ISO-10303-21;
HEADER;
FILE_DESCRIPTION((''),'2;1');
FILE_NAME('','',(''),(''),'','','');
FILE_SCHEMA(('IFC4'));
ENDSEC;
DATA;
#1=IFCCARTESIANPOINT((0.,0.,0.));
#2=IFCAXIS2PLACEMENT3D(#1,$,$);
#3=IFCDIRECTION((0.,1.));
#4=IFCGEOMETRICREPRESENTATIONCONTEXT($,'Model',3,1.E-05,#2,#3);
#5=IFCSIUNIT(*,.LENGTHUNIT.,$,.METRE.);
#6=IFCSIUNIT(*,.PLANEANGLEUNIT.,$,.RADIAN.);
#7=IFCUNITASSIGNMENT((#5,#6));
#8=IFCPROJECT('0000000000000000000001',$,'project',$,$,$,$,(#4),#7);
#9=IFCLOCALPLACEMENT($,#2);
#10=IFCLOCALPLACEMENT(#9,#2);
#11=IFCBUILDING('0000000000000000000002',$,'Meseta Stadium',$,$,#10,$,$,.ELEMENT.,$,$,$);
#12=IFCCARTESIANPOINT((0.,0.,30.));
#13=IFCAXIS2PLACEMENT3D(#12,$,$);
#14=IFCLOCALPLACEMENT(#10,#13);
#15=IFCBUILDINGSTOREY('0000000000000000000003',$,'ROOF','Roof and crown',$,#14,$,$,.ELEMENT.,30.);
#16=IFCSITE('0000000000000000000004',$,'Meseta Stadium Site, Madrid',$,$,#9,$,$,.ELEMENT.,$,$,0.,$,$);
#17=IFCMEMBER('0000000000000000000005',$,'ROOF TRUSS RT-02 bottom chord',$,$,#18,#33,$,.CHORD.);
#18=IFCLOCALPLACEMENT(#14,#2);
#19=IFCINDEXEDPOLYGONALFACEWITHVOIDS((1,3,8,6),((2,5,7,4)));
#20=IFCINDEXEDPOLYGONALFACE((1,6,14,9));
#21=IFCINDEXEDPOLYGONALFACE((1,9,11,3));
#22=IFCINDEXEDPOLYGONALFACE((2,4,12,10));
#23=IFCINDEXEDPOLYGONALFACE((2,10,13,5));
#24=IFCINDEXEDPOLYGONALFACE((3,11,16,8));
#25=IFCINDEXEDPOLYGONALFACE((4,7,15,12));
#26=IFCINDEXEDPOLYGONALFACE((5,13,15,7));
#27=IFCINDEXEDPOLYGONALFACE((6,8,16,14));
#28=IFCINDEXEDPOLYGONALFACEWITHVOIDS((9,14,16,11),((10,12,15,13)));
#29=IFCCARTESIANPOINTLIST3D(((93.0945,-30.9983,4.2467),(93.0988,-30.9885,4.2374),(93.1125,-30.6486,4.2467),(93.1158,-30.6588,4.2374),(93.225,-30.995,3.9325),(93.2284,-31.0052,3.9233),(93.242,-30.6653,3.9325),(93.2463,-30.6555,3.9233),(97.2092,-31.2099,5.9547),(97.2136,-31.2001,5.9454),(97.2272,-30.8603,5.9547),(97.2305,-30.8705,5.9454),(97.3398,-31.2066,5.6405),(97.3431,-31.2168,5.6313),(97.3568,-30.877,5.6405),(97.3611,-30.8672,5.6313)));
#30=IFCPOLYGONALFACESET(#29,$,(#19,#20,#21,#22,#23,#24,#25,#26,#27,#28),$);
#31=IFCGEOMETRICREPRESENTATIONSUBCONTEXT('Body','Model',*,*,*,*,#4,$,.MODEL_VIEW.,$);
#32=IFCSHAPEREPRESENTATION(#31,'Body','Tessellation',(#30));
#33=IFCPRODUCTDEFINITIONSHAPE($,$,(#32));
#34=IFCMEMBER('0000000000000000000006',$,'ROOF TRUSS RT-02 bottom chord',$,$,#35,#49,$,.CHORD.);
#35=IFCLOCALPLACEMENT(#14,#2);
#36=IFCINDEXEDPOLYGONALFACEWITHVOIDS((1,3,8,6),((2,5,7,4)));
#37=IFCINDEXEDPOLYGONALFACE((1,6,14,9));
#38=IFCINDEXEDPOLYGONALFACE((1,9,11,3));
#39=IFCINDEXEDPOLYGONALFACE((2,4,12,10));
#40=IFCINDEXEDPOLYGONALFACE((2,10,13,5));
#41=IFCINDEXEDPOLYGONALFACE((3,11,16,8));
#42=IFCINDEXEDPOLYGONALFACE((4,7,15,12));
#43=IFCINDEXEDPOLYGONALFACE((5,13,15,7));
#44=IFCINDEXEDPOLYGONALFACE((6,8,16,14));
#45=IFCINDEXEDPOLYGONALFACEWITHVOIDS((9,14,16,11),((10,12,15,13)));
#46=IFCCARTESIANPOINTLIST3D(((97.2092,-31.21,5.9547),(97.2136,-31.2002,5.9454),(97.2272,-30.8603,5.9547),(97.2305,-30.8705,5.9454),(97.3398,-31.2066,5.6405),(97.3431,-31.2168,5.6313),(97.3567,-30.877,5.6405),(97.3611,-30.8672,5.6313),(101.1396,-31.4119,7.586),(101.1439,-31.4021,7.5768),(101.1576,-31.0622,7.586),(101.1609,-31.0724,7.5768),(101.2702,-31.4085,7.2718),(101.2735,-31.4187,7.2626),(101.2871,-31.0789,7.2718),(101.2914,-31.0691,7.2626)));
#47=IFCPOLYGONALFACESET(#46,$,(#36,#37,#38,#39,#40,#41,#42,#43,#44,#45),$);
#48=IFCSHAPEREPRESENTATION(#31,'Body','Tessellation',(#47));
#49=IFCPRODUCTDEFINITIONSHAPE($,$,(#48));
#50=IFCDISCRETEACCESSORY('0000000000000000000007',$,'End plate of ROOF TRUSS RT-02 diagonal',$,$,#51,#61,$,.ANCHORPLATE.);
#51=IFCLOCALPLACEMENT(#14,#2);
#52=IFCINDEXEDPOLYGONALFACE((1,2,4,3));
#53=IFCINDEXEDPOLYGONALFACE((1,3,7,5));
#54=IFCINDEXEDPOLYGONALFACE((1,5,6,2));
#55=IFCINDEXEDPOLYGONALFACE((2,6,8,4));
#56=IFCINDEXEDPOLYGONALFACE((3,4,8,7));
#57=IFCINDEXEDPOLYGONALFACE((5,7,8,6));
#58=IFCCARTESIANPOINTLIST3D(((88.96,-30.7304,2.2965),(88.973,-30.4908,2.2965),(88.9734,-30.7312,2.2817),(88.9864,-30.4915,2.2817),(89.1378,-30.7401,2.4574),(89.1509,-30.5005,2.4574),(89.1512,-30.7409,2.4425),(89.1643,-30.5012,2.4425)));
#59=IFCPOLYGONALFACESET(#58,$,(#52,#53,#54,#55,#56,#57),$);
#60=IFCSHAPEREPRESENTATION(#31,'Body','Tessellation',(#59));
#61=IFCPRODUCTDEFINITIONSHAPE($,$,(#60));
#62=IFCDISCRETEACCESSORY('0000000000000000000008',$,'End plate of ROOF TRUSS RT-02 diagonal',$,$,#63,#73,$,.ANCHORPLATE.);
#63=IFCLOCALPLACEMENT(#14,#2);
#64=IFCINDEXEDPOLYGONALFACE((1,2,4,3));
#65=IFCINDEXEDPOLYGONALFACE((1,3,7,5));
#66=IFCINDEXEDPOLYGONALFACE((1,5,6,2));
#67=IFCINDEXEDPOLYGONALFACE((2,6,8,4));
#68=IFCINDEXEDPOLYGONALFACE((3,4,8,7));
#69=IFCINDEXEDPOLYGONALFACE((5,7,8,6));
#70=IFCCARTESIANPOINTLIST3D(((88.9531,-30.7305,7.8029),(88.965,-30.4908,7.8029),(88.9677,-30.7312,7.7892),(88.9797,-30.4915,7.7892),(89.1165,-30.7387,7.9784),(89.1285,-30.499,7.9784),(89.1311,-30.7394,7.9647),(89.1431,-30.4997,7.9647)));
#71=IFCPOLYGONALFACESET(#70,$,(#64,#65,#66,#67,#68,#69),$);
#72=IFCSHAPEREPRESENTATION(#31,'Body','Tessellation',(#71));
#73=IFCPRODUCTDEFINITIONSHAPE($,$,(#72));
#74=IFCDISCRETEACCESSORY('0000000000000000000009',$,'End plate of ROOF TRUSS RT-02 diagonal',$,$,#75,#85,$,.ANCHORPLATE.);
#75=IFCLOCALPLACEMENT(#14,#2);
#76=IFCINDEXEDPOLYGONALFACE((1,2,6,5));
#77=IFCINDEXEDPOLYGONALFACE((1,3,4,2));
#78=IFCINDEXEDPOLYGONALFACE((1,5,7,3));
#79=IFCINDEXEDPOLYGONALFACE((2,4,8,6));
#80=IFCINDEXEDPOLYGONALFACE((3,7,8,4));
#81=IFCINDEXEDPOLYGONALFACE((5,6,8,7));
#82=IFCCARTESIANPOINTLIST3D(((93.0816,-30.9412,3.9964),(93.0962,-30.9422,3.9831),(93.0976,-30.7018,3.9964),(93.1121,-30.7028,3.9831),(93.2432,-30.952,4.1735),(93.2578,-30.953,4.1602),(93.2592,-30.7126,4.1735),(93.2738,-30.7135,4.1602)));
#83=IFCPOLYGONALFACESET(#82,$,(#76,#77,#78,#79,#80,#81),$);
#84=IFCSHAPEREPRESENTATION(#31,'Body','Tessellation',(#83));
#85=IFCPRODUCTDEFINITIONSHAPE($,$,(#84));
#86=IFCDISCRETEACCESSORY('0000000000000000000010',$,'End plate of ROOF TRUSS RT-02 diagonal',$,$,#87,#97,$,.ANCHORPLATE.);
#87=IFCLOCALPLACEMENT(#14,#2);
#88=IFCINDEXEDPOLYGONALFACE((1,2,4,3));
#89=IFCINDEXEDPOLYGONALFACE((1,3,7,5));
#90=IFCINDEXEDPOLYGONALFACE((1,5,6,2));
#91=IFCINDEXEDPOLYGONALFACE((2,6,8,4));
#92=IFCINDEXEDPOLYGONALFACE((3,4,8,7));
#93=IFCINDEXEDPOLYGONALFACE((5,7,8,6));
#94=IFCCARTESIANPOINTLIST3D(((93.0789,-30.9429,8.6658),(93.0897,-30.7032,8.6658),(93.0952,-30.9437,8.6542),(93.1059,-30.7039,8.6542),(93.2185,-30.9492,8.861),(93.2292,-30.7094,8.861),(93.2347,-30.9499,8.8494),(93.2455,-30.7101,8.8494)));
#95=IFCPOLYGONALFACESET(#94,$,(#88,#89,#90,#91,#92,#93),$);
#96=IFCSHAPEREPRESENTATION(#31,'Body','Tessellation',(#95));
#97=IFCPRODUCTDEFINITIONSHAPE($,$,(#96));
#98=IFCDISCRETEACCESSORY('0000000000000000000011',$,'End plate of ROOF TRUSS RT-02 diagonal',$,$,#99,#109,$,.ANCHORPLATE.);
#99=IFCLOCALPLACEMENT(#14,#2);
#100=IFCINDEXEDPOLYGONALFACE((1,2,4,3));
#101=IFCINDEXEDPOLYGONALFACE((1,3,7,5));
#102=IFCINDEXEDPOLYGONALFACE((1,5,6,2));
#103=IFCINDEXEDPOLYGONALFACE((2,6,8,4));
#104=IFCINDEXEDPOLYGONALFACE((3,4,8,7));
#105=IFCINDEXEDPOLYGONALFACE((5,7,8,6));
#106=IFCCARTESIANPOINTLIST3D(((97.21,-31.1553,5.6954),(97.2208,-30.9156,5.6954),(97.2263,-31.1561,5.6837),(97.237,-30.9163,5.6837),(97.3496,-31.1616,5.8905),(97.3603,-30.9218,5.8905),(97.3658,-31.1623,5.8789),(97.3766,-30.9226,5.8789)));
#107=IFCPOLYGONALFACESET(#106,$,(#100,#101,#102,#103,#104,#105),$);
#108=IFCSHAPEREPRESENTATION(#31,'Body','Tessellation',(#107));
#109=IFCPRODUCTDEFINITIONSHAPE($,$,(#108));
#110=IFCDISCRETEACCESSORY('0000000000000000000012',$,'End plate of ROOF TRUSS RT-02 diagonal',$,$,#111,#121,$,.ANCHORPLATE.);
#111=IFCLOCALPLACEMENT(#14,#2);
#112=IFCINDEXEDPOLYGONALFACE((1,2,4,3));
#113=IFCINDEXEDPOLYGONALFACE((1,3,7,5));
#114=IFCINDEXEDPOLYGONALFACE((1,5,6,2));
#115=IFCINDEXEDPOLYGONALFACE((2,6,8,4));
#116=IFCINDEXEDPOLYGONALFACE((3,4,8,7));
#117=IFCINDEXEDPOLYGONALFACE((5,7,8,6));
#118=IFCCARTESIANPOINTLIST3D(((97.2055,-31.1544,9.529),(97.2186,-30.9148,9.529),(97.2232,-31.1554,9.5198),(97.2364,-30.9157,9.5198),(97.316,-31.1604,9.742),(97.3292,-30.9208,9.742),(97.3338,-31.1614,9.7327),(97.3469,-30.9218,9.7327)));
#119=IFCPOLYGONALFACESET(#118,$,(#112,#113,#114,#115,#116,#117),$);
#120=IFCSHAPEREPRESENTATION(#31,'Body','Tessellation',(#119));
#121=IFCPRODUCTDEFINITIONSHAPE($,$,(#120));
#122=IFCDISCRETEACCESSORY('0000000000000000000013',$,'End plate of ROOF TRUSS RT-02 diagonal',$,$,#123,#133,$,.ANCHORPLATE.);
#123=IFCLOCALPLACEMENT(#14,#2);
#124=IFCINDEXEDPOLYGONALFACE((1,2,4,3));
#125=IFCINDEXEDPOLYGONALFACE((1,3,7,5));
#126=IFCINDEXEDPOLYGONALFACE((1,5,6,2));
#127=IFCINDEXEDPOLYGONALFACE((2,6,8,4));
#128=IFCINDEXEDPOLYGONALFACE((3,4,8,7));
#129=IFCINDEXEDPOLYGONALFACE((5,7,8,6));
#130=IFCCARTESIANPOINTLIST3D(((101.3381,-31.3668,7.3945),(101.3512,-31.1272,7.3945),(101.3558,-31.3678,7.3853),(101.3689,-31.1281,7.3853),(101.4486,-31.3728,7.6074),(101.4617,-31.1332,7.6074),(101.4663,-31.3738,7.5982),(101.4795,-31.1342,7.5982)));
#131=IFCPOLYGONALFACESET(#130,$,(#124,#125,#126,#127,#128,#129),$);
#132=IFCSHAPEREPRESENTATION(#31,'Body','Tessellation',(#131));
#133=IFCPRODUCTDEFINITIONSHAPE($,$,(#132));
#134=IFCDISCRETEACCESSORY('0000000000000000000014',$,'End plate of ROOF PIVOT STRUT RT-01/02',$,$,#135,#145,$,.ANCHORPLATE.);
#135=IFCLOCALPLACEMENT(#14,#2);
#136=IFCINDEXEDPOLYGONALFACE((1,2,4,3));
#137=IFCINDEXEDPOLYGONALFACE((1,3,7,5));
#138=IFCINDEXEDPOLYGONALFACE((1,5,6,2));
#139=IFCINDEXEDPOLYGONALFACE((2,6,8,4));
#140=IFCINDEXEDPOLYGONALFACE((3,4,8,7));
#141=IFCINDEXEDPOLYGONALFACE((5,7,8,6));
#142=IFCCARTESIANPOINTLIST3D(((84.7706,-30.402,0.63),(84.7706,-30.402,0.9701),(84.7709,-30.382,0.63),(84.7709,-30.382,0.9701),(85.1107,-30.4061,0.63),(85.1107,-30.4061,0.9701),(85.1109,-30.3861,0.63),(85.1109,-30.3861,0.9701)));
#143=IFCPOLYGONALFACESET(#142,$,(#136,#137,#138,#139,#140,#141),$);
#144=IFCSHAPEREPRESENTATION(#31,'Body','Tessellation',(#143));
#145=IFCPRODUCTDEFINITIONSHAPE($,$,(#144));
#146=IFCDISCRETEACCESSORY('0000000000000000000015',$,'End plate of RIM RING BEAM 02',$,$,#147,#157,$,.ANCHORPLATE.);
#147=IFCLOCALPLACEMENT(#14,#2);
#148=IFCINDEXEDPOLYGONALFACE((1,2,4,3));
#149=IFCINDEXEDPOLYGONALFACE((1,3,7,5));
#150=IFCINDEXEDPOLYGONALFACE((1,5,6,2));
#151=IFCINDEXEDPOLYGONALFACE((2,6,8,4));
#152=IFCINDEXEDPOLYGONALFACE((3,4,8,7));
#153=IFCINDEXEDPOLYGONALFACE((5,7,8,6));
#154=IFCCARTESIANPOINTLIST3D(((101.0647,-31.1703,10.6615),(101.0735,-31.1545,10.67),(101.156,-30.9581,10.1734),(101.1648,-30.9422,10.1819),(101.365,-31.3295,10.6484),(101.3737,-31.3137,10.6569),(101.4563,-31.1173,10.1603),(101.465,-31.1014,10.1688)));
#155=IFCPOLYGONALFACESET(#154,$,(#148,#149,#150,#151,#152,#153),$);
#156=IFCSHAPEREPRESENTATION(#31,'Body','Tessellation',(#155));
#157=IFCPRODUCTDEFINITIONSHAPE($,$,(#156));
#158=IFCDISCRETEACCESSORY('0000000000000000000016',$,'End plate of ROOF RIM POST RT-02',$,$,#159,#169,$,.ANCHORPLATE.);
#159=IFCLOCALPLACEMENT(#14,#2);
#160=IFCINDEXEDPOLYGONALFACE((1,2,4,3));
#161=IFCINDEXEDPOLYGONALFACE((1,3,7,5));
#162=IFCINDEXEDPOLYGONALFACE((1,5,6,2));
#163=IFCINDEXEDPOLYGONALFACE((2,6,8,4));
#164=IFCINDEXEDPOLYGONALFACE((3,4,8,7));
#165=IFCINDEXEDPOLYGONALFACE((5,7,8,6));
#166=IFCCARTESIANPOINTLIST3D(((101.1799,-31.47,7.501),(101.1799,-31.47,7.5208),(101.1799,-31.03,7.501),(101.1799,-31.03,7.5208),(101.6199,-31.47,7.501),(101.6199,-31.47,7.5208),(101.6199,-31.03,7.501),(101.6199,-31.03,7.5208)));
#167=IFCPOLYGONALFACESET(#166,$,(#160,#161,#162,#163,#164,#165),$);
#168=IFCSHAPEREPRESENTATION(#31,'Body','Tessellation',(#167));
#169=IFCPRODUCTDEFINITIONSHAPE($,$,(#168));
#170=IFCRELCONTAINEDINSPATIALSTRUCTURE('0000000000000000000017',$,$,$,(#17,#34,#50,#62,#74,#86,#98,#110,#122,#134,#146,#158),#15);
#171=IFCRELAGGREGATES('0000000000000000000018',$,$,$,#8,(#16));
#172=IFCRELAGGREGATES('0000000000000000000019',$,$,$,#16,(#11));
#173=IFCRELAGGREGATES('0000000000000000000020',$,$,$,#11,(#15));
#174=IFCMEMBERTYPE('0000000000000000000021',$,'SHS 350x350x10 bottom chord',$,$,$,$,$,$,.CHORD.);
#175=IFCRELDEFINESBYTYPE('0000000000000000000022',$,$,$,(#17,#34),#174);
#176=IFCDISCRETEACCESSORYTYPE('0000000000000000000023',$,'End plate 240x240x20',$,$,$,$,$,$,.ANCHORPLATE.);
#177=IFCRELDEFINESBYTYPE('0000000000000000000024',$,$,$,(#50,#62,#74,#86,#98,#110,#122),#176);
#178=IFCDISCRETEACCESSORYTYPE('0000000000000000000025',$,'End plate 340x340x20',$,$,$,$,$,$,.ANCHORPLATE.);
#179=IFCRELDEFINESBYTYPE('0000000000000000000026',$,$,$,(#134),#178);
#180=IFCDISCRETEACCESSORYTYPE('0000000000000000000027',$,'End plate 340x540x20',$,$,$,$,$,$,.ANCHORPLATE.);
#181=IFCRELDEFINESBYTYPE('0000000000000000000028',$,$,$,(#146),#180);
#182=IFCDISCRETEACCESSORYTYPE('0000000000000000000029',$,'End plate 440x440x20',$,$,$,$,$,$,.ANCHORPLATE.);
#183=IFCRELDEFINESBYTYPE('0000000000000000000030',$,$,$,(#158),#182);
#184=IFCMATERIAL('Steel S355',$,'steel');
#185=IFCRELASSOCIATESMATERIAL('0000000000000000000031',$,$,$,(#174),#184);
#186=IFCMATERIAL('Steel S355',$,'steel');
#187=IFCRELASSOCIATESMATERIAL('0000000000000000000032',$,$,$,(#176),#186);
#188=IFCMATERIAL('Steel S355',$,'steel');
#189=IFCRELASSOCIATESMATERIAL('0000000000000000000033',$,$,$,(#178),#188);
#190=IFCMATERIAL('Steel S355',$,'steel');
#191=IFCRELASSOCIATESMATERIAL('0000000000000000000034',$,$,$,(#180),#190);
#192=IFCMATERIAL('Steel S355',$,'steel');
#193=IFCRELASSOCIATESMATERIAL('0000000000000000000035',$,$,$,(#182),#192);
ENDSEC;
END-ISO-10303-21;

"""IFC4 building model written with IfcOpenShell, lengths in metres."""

from ifc_helpers import new_model, si_unit, direction, frame, origin, origin_2d, place, context, subcontext, project, spatial, rectangle, hollow_rectangle, extrude, material, material_profile, profile_set, type_object, element, save


model = new_model("IFC4")

# Units and contexts
model_context = context("Model", 3, precision=1e-05, world=origin(), true_north=direction((0.0, 1.0)))
body_context = subcontext(model_context, "Body", "Model", "MODEL_VIEW")
ifc_project = project(units=[si_unit("LENGTHUNIT", "METRE"), si_unit("PLANEANGLEUNIT", "RADIAN")], contexts=[model_context])

# Site, building, storey
site_placement = place(None, origin())
site = spatial("IfcSite", under=ifc_project, at=site_placement, Name="Meseta Stadium Site, Madrid", CompositionType="ELEMENT", RefElevation=0.0)
building_placement = place(site_placement, origin())
building = spatial("IfcBuilding", under=site, at=building_placement, Name="Meseta Stadium", CompositionType="ELEMENT")
storey_placement = place(building_placement, frame((0.0, 0.0, 30.0)))
storey = spatial("IfcBuildingStorey", under=building, at=storey_placement, Name="ROOF", Description="Roof and crown", CompositionType="ELEMENT", Elevation=30.0)

# Members
ifc_material_1 = material(Name="Steel S355", Category="steel")
ifc_material_profile_1 = material_profile(ifc_material_1, hollow_rectangle(XDim=0.3501, YDim=0.3501, WallThickness=0.01, at=origin_2d()), Name="SHS 350x350x10")
ifc_profile_set_1 = profile_set([ifc_material_profile_1], Name="Steel S355")
member_type_1 = type_object("IfcMemberType", Name="SHS 350x350x10 bottom chord", PredefinedType="CHORD", material=ifc_profile_set_1)
member_1_placement = place(storey_placement, frame((93.1704, -30.8269, 4.085), z_axis=(0.922551, -0.047458, 0.382946), x_axis=(0.051374, 0.998679, 0.0)))
element("IfcMember", 1, at=member_1_placement, inside=storey, type_object=member_type_1, Name="ROOF TRUSS RT-02 bottom chord", PredefinedType="CHORD", context=body_context, shape_type="SweptSolid", body=[
    extrude(hollow_rectangle(XDim=0.3501, YDim=0.3501, WallThickness=0.01, at=origin_2d()), origin(), (0.0, 0.0, 1.0), 4.4602),
])
member_2_placement = place(storey_placement, frame((97.2852, -31.0386, 5.793), z_axis=(0.922566, -0.047392, 0.382917), x_axis=(0.051302, 0.998683, 0.0)))
element("IfcMember", 2, at=member_2_placement, inside=storey, type_object=member_type_1, Name="ROOF TRUSS RT-02 bottom chord", PredefinedType="CHORD", context=body_context, shape_type="SweptSolid", body=[
    extrude(hollow_rectangle(XDim=0.3501, YDim=0.3501, WallThickness=0.01, at=origin_2d()), origin(), (0.0, 0.0, 1.0), 4.2603),
])

# Discrete accessories
ifc_material_2 = material(Name="Steel S355", Category="steel")
ifc_material_profile_2 = material_profile(ifc_material_2, rectangle(XDim=0.24, YDim=0.24, at=origin_2d()), Name="PL 240x240")
ifc_profile_set_2 = profile_set([ifc_material_profile_2], Name="Steel S355")
discrete_accessory_type_1 = type_object("IfcDiscreteAccessoryType", Name="End plate 240x240x20", PredefinedType="ANCHORPLATE", material=ifc_profile_set_2)
for number, where, z_axis, x_axis, name in (
    (3, (89.0554, -30.6155, 2.377), (0.669191, -0.036501, -0.742194), (0.054464, 0.998516, 0.0), "End plate of ROOF TRUSS RT-02 diagonal"),
    (4, (89.0408, -30.6147, 7.8906), (0.730567, -0.036528, -0.681863), (0.049938, 0.998752, 0.0), "End plate of ROOF TRUSS RT-02 diagonal"),
):
    element("IfcDiscreteAccessory", number, at=place(storey_placement, frame(where, z_axis=z_axis, x_axis=x_axis)), inside=storey, type_object=discrete_accessory_type_1, Name=name, PredefinedType="ANCHORPLATE", context=body_context, shape_type="SweptSolid", body=[
        extrude(rectangle(XDim=0.24, YDim=0.24, at=origin_2d()), origin(), (0.0, 0.0, 1.0), 0.02),
    ])
discrete_accessory_1_placement = place(storey_placement, frame((93.1704, -30.8269, 4.085), z_axis=(0.736266, -0.049084, -0.67491), x_axis=(0.066519, 0.997785, 0.0)))
element("IfcDiscreteAccessory", 5, at=discrete_accessory_1_placement, inside=storey, type_object=discrete_accessory_type_1, Name="End plate of ROOF TRUSS RT-02 diagonal", PredefinedType="ANCHORPLATE", context=body_context, shape_type="SweptSolid", body=[
    extrude(rectangle(XDim=0.24, YDim=0.24, at=origin_2d()), origin(), (0.0, 0.0, 1.0), 0.0198),
])
for number, where, z_axis, x_axis, name in (
    (6, (93.1541, -30.8262, 8.7634), (0.812375, -0.036375, -0.582), (0.044731, 0.998999, 0.0), "End plate of ROOF TRUSS RT-02 diagonal"),
    (7, (97.2852, -31.0386, 5.793), (0.812375, -0.036375, -0.582), (0.044731, 0.998999, 0.0), "End plate of ROOF TRUSS RT-02 diagonal"),
    (8, (97.2673, -31.0376, 9.6355), (0.885972, -0.048546, -0.461191), (0.054712, 0.998502, 0.0), "End plate of ROOF TRUSS RT-02 diagonal"),
    (9, (101.3999, -31.25, 7.501), (0.885972, -0.048546, -0.461191), (0.054712, 0.998502, 0.0), "End plate of ROOF TRUSS RT-02 diagonal"),
):
    element("IfcDiscreteAccessory", number, at=place(storey_placement, frame(where, z_axis=z_axis, x_axis=x_axis)), inside=storey, type_object=discrete_accessory_type_1, Name=name, PredefinedType="ANCHORPLATE", context=body_context, shape_type="SweptSolid", body=[
        extrude(rectangle(XDim=0.24, YDim=0.24, at=origin_2d()), origin(), (0.0, 0.0, 1.0), 0.02),
    ])
ifc_material_3 = material(Name="Steel S355", Category="steel")
ifc_material_profile_3 = material_profile(ifc_material_3, rectangle(XDim=0.3401, YDim=0.3401, at=origin_2d()), Name="PL 340x340")
ifc_profile_set_3 = profile_set([ifc_material_profile_3], Name="Steel S355")
discrete_accessory_type_2 = type_object("IfcDiscreteAccessoryType", Name="End plate 340x340x20", PredefinedType="ANCHORPLATE", material=ifc_profile_set_3)
discrete_accessory_2_placement = place(storey_placement, frame((84.9407, -30.4041, 0.8), z_axis=(0.012194, 0.999926, 0.0), x_axis=(-0.999926, 0.012194, 0.0)))
element("IfcDiscreteAccessory", 10, at=discrete_accessory_2_placement, inside=storey, type_object=discrete_accessory_type_2, Name="End plate of ROOF PIVOT STRUT RT-01/02", PredefinedType="ANCHORPLATE", context=body_context, shape_type="SweptSolid", body=[
    extrude(rectangle(XDim=0.3401, YDim=0.3401, at=origin_2d()), origin(), (0.0, 0.0, 1.0), 0.02),
])
ifc_material_4 = material(Name="Steel S355", Category="steel")
ifc_material_profile_4 = material_profile(ifc_material_4, rectangle(XDim=0.3401, YDim=0.54, at=origin_2d()), Name="PL 340x540")
ifc_profile_set_4 = profile_set([ifc_material_profile_4], Name="Steel S355")
discrete_accessory_type_3 = type_object("IfcDiscreteAccessoryType", Name="End plate 340x540x20", PredefinedType="ANCHORPLATE", material=ifc_profile_set_4)
discrete_accessory_3_placement = place(storey_placement, frame((101.2605, -31.1438, 10.4109), z_axis=(0.438308, 0.791389, 0.426133), x_axis=(-0.88278, 0.468208, 0.038473)))
element("IfcDiscreteAccessory", 11, at=discrete_accessory_3_placement, inside=storey, type_object=discrete_accessory_type_3, Name="End plate of RIM RING BEAM 02", PredefinedType="ANCHORPLATE", context=body_context, shape_type="SweptSolid", body=[
    extrude(rectangle(XDim=0.3401, YDim=0.54, at=origin_2d()), origin(), (0.0, 0.0, 1.0), 0.02),
])
ifc_material_5 = material(Name="Steel S355", Category="steel")
ifc_material_profile_5 = material_profile(ifc_material_5, rectangle(XDim=0.4399, YDim=0.4399, at=origin_2d()), Name="PL 440x440")
ifc_profile_set_5 = profile_set([ifc_material_profile_5], Name="Steel S355")
discrete_accessory_type_4 = type_object("IfcDiscreteAccessoryType", Name="End plate 440x440x20", PredefinedType="ANCHORPLATE", material=ifc_profile_set_5)
discrete_accessory_4_placement = place(storey_placement, frame((101.3999, -31.25, 7.501), z_axis=(0.0, 0.0, 1.0), x_axis=(1.0, 0.0, 0.0)))
element("IfcDiscreteAccessory", 12, at=discrete_accessory_4_placement, inside=storey, type_object=discrete_accessory_type_4, Name="End plate of ROOF RIM POST RT-02", PredefinedType="ANCHORPLATE", context=body_context, shape_type="SweptSolid", body=[
    extrude(rectangle(XDim=0.4399, YDim=0.4399, at=origin_2d()), origin(), (0.0, 0.0, 1.0), 0.0198),
])

save(model, "model.ifc")
